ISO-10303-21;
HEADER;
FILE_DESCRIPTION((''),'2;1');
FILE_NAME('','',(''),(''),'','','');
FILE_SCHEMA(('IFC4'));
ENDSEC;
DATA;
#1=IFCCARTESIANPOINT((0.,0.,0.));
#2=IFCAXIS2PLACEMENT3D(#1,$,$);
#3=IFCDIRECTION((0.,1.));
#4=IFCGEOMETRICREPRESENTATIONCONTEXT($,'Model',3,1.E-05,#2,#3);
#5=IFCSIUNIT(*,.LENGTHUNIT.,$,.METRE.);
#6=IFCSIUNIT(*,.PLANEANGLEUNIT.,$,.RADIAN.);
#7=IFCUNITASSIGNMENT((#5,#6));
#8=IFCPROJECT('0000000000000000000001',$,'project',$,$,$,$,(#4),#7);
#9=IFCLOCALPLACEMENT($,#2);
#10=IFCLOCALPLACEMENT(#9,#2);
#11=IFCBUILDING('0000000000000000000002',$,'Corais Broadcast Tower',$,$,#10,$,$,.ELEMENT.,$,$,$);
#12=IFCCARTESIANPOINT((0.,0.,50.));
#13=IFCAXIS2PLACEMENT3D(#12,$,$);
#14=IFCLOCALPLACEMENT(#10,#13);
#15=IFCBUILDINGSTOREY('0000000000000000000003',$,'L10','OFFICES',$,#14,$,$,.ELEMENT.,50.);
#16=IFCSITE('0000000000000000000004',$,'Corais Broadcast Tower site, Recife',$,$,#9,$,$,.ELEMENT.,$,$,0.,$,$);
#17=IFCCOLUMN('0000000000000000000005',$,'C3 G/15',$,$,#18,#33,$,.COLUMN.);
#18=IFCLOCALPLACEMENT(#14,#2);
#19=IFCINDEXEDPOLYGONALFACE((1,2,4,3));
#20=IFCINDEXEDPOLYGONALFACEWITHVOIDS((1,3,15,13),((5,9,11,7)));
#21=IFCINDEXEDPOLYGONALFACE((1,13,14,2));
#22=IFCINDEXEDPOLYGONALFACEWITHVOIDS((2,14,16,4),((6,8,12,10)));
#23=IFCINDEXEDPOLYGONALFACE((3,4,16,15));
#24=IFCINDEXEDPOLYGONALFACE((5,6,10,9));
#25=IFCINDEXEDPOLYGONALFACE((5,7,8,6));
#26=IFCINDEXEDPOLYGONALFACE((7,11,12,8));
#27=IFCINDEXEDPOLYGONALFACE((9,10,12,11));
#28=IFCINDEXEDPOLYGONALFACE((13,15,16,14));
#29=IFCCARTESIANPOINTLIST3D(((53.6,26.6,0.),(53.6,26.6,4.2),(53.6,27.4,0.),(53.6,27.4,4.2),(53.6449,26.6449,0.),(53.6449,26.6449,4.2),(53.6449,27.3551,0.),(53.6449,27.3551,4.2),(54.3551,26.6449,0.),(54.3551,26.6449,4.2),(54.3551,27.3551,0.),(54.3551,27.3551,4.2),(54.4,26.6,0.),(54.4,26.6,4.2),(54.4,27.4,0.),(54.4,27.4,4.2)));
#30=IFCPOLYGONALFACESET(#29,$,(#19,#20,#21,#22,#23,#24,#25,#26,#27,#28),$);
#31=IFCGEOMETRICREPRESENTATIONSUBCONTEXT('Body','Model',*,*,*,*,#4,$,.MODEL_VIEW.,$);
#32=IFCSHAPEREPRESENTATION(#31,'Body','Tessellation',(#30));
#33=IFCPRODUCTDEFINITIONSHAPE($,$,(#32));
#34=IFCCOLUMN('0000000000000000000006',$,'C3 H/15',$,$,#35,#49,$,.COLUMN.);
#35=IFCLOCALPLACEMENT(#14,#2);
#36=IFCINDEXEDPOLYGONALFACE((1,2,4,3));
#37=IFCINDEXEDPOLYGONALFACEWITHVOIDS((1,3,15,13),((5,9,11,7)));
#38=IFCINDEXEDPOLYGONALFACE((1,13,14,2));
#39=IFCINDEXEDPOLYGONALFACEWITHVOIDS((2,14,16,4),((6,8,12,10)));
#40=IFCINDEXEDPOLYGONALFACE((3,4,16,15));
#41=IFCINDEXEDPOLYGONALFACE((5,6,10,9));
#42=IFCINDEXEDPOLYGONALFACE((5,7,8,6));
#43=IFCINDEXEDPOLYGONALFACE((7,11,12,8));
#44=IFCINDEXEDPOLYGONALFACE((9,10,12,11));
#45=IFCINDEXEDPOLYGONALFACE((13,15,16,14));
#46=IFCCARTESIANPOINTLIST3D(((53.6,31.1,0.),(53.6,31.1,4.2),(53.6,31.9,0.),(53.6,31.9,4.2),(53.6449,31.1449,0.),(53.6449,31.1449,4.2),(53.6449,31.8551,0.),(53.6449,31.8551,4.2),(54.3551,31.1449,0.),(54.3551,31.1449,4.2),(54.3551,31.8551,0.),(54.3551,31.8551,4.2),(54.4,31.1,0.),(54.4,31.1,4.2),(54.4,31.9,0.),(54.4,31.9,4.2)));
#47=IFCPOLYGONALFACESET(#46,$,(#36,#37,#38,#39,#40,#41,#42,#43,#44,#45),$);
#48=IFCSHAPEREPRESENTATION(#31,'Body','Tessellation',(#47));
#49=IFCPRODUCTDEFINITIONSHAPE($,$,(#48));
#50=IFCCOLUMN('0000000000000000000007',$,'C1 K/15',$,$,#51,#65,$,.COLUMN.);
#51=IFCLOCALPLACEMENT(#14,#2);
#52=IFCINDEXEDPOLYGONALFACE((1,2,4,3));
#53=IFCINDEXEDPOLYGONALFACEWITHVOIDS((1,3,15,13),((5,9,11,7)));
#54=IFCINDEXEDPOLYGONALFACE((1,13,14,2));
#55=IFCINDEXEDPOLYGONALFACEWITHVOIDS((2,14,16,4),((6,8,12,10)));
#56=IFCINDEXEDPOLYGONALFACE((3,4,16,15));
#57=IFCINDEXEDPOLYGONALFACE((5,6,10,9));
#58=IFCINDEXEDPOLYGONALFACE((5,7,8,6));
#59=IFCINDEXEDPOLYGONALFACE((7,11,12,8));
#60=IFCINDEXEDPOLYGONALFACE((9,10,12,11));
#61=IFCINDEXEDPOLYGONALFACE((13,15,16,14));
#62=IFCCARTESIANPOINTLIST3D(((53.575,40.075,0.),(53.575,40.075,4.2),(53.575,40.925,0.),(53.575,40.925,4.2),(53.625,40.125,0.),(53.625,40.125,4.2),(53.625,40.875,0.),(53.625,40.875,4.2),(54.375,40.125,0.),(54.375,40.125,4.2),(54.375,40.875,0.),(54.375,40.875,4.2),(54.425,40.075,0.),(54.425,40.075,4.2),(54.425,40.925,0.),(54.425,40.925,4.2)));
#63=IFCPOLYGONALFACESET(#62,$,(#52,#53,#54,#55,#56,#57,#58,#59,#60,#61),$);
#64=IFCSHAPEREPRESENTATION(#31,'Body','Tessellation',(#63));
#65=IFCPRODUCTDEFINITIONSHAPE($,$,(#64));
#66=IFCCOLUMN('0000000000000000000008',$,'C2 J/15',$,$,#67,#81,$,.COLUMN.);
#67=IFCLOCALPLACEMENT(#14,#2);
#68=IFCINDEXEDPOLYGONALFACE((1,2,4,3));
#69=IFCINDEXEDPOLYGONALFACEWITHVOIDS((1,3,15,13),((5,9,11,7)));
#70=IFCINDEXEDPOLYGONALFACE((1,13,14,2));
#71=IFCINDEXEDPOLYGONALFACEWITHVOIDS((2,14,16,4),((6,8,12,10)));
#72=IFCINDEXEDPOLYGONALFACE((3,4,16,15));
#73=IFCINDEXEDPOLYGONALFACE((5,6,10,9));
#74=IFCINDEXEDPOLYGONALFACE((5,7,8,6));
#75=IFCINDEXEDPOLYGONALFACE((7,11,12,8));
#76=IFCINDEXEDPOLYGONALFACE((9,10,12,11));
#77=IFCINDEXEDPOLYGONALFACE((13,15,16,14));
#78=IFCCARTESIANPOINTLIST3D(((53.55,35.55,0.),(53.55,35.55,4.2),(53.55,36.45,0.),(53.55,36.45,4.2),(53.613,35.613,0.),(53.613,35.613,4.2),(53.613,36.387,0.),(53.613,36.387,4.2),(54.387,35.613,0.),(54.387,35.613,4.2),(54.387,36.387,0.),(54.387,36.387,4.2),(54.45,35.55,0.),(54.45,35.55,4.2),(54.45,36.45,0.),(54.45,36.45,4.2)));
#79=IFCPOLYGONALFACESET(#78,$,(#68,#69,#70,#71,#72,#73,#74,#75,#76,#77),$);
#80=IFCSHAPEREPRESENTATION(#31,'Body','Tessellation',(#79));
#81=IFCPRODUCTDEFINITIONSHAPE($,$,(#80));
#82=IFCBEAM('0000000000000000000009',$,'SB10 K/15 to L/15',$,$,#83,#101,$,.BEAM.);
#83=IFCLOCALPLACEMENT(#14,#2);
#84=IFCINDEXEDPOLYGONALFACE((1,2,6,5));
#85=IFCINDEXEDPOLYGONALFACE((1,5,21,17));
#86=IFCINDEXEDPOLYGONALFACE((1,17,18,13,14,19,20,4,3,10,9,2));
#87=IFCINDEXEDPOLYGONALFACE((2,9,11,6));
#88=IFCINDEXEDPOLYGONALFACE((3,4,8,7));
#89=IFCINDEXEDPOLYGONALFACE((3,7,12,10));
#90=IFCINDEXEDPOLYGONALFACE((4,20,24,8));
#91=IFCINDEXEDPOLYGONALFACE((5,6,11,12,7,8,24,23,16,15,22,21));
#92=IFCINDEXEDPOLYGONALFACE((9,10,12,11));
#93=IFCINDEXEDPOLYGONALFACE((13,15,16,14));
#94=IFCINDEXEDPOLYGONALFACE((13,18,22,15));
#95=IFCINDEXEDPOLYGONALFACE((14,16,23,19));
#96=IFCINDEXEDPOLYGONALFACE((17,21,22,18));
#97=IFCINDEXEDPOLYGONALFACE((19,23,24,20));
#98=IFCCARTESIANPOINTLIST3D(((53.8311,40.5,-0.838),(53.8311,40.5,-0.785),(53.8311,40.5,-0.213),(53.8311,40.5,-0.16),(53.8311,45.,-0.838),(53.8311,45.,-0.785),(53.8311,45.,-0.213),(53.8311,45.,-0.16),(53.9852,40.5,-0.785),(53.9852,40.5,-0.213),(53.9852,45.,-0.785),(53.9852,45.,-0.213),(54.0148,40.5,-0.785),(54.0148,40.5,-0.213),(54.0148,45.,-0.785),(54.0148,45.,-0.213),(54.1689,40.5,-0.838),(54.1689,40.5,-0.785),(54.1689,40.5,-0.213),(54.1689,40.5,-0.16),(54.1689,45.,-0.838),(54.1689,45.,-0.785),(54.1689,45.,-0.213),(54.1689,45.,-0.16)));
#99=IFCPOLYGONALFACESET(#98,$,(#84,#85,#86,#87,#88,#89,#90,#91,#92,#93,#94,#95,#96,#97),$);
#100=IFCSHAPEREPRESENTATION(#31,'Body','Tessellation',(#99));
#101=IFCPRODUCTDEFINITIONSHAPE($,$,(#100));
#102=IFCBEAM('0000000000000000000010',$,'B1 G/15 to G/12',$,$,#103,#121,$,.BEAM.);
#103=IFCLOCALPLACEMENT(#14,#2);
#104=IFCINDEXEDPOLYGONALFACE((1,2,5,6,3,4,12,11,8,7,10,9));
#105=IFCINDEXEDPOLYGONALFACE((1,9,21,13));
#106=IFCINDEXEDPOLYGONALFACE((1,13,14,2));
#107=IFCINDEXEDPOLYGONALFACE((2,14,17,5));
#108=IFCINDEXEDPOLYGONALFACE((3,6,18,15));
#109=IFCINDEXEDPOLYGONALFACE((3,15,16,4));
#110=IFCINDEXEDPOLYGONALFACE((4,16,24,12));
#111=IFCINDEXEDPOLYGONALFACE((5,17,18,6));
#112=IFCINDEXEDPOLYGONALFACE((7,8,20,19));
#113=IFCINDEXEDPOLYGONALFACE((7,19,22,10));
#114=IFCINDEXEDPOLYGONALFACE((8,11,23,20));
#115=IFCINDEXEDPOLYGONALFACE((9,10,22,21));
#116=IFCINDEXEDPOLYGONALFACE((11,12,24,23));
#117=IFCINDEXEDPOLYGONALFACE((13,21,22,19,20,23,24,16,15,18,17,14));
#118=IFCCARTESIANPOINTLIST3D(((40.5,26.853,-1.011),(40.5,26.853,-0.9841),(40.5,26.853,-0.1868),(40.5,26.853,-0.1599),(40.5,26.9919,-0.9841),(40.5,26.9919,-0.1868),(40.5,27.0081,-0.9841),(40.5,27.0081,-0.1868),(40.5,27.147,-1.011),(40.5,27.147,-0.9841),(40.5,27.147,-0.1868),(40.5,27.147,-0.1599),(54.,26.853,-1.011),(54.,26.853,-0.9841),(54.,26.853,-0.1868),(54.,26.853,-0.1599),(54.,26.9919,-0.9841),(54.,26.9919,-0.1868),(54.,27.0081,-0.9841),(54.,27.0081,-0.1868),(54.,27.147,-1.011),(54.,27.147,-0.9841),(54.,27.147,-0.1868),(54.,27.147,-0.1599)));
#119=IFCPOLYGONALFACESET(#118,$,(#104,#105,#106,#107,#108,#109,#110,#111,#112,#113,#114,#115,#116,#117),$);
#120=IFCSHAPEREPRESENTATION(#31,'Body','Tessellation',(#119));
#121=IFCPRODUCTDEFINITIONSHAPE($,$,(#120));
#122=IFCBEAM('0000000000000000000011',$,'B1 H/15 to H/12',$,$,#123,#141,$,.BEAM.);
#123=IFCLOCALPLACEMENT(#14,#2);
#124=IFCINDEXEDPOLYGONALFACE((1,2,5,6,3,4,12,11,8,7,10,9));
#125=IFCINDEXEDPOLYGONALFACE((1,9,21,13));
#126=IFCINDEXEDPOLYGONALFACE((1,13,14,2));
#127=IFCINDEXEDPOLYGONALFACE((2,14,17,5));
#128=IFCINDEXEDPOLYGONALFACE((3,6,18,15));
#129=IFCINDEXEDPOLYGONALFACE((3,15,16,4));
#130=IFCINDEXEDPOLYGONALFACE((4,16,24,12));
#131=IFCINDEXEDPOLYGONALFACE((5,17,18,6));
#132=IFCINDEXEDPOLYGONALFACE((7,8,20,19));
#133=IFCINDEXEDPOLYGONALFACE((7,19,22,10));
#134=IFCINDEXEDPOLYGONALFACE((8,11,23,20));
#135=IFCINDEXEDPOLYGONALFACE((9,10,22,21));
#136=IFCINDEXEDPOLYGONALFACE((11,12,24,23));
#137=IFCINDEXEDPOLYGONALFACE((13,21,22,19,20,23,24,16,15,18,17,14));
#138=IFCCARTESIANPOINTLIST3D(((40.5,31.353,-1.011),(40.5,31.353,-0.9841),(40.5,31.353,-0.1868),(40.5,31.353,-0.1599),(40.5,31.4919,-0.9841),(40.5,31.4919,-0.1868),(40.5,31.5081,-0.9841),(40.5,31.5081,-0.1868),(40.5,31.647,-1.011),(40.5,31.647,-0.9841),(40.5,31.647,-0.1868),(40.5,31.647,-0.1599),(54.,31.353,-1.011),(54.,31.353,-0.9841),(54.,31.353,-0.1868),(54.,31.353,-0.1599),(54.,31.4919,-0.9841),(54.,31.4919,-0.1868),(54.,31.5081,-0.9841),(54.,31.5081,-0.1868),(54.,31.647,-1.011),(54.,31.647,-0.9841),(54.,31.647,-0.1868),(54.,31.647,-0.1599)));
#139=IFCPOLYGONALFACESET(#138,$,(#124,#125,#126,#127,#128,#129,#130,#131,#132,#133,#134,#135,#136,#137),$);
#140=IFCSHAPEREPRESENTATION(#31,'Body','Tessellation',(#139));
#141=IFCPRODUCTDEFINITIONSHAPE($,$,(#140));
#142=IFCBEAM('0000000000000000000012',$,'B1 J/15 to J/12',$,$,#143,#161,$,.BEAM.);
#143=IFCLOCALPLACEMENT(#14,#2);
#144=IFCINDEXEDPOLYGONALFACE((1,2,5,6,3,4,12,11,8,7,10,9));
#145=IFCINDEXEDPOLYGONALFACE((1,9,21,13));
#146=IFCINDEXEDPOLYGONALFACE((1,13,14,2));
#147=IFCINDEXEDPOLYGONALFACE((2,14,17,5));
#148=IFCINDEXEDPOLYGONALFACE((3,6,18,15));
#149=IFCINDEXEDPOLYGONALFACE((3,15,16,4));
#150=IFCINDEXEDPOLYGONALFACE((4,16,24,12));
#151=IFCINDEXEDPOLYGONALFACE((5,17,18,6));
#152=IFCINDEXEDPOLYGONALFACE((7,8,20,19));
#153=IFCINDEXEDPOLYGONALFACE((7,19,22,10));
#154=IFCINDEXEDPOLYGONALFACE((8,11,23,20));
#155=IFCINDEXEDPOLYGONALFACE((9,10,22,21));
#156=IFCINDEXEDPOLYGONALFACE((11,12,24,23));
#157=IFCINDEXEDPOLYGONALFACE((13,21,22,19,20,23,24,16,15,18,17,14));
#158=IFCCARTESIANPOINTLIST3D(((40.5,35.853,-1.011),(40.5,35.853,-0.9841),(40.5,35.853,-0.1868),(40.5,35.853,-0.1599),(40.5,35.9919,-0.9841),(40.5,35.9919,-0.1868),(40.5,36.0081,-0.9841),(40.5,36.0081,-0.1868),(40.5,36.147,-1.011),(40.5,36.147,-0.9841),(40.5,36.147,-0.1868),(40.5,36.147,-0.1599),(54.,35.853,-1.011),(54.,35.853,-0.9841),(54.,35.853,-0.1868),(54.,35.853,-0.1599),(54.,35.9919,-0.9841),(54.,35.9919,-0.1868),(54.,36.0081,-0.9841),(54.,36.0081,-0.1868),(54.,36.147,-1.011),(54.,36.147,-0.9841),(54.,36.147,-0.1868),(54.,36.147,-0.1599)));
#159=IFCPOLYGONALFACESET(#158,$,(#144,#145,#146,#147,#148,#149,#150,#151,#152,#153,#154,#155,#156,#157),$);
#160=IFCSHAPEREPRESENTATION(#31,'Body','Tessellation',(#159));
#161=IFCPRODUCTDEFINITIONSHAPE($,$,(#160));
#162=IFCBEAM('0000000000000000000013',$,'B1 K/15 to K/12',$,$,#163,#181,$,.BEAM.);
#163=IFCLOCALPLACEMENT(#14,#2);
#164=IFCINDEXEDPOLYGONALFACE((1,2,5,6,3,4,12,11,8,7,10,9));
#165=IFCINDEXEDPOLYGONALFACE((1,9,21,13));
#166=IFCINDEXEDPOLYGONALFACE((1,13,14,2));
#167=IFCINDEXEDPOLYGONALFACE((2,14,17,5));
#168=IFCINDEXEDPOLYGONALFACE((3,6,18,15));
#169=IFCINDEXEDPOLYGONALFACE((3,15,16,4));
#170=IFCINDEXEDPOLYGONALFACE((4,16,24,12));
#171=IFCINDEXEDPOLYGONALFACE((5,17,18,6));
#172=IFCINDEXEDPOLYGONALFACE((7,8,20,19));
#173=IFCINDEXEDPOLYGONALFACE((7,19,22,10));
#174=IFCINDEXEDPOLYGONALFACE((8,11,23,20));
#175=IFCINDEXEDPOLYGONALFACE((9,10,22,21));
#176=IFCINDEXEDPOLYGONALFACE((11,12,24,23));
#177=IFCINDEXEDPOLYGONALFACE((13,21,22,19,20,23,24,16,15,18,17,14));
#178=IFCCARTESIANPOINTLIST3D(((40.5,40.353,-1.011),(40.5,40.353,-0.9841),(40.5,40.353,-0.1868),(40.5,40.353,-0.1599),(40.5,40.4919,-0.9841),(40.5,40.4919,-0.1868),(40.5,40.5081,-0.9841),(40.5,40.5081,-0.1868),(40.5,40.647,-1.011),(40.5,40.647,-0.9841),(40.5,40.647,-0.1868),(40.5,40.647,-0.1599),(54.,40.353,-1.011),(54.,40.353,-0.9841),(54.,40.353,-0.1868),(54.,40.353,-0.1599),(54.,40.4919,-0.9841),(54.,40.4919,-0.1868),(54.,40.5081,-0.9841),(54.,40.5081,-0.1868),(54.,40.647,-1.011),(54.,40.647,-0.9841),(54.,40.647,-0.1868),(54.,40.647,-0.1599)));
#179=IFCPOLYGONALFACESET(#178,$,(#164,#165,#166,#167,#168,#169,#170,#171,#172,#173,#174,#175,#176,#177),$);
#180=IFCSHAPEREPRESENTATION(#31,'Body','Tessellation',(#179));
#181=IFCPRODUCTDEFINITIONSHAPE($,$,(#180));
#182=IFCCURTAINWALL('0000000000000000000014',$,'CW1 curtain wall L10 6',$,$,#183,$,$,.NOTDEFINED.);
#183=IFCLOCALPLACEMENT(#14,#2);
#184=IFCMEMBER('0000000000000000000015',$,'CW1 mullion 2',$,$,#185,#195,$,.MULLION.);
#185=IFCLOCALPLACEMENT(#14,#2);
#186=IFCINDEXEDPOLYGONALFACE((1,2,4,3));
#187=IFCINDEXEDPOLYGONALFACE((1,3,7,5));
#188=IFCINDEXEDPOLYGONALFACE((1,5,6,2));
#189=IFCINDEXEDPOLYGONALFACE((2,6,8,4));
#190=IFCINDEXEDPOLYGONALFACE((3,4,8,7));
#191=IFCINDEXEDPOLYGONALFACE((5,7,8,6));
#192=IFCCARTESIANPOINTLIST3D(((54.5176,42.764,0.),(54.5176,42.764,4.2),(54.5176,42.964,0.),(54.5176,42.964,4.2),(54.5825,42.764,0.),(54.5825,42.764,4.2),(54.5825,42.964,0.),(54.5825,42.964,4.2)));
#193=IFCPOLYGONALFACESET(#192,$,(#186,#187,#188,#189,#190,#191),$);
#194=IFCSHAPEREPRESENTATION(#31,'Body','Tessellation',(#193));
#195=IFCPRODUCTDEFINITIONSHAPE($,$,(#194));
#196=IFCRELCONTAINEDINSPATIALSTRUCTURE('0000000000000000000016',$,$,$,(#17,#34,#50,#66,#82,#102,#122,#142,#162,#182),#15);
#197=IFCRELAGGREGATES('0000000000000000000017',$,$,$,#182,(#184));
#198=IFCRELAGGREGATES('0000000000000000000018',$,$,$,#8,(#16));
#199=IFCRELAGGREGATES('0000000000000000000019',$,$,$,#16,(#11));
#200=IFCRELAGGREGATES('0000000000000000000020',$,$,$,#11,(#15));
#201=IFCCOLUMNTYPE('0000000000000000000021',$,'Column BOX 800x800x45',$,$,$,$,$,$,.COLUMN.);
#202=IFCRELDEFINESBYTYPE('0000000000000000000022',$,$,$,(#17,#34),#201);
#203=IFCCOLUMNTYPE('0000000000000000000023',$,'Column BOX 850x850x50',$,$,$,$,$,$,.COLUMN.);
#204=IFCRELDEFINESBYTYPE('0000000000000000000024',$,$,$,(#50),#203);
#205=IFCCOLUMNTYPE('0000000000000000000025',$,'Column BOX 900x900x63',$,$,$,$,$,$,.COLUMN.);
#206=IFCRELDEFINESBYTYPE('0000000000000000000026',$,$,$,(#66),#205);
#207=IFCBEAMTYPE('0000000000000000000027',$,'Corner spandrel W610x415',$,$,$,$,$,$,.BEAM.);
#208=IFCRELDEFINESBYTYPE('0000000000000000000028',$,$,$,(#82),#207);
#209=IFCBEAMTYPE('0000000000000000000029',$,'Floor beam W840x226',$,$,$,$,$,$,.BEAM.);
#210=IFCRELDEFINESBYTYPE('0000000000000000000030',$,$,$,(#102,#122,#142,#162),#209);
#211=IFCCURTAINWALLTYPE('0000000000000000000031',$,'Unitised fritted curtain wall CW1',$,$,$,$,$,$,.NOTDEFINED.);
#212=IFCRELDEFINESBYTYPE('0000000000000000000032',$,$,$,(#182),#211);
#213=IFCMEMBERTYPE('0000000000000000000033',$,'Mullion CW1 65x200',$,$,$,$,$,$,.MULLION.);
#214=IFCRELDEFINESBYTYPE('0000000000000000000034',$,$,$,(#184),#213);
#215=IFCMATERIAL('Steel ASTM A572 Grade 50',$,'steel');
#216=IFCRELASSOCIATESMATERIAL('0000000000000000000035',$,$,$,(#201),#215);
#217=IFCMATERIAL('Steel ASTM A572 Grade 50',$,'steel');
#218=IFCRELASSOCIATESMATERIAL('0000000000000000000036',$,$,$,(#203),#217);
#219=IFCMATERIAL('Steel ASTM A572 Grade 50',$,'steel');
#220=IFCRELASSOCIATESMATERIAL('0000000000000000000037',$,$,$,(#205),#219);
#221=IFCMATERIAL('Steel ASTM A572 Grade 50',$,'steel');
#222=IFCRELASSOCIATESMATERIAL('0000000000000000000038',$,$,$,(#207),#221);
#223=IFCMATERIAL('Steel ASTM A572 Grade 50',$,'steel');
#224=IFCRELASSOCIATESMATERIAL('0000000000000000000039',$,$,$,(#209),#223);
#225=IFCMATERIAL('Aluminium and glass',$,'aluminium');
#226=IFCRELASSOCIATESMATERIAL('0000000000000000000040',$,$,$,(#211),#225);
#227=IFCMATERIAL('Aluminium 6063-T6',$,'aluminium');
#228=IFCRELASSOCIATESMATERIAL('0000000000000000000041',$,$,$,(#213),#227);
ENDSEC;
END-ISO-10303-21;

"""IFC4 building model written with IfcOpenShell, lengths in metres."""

from ifc_helpers import new_model, si_unit, direction, frame, origin, origin_2d, place, context, subcontext, project, spatial, rectangle, hollow_rectangle, i_section, extrude, material, material_profile, profile_set, type_object, element, aggregate, save


model = new_model("IFC4")

# Units and contexts
model_context = context("Model", 3, precision=1e-05, world=origin(), true_north=direction((0.0, 1.0)))
body_context = subcontext(model_context, "Body", "Model", "MODEL_VIEW")
ifc_project = project(units=[si_unit("LENGTHUNIT", "METRE"), si_unit("PLANEANGLEUNIT", "RADIAN")], contexts=[model_context])

# Site, building, storey
site_placement = place(None, origin())
site = spatial("IfcSite", under=ifc_project, at=site_placement, Name="Corais Broadcast Tower site, Recife", CompositionType="ELEMENT", RefElevation=0.0)
building_placement = place(site_placement, origin())
building = spatial("IfcBuilding", under=site, at=building_placement, Name="Corais Broadcast Tower", CompositionType="ELEMENT")
storey_placement = place(building_placement, frame((0.0, 0.0, 50.0)))
storey = spatial("IfcBuildingStorey", under=building, at=storey_placement, Name="L10", Description="OFFICES", CompositionType="ELEMENT", Elevation=50.0)

# Columns
ifc_material_1 = material(Name="Steel ASTM A572 Grade 50", Category="steel")
ifc_material_profile_1 = material_profile(ifc_material_1, hollow_rectangle(XDim=0.8, YDim=0.8, WallThickness=0.0449, at=origin_2d()), Name="BOX 800x800x45")
ifc_profile_set_1 = profile_set([ifc_material_profile_1], Name="Steel ASTM A572 Grade 50")
column_type_1 = type_object("IfcColumnType", Name="Column BOX 800x800x45", PredefinedType="COLUMN", material=ifc_profile_set_1)
for number, where, z_axis, x_axis, name in (
    (1, (54.0, 27.0, 0.0), (0.0, 0.0, 1.0), (1.0, 0.0, 0.0), "C3 G/15"),
    (2, (54.0, 31.5, 0.0), (0.0, 0.0, 1.0), (1.0, 0.0, 0.0), "C3 H/15"),
):
    element("IfcColumn", number, at=place(storey_placement, frame(where, z_axis=z_axis, x_axis=x_axis)), inside=storey, type_object=column_type_1, Name=name, PredefinedType="COLUMN", context=body_context, shape_type="SweptSolid", body=[
        extrude(hollow_rectangle(XDim=0.8, YDim=0.8, WallThickness=0.0449, at=origin_2d()), origin(), (0.0, 0.0, 1.0), 4.2),
    ])
ifc_material_2 = material(Name="Steel ASTM A572 Grade 50", Category="steel")
ifc_material_profile_2 = material_profile(ifc_material_2, hollow_rectangle(XDim=0.8501, YDim=0.8501, WallThickness=0.05, at=origin_2d()), Name="BOX 850x850x50")
ifc_profile_set_2 = profile_set([ifc_material_profile_2], Name="Steel ASTM A572 Grade 50")
column_type_2 = type_object("IfcColumnType", Name="Column BOX 850x850x50", PredefinedType="COLUMN", material=ifc_profile_set_2)
column_1_placement = place(storey_placement, frame((54.0, 40.5, 0.0), z_axis=(0.0, 0.0, 1.0), x_axis=(1.0, 0.0, 0.0)))
element("IfcColumn", 3, at=column_1_placement, inside=storey, type_object=column_type_2, Name="C1 K/15", PredefinedType="COLUMN", context=body_context, shape_type="SweptSolid", body=[
    extrude(hollow_rectangle(XDim=0.8501, YDim=0.8501, WallThickness=0.05, at=origin_2d()), origin(), (0.0, 0.0, 1.0), 4.2),
])
ifc_material_3 = material(Name="Steel ASTM A572 Grade 50", Category="steel")
ifc_material_profile_3 = material_profile(ifc_material_3, hollow_rectangle(XDim=0.8999, YDim=0.8999, WallThickness=0.063, at=origin_2d()), Name="BOX 900x900x63")
ifc_profile_set_3 = profile_set([ifc_material_profile_3], Name="Steel ASTM A572 Grade 50")
column_type_3 = type_object("IfcColumnType", Name="Column BOX 900x900x63", PredefinedType="COLUMN", material=ifc_profile_set_3)
column_2_placement = place(storey_placement, frame((54.0, 36.0, 0.0), z_axis=(0.0, 0.0, 1.0), x_axis=(1.0, 0.0, 0.0)))
element("IfcColumn", 4, at=column_2_placement, inside=storey, type_object=column_type_3, Name="C2 J/15", PredefinedType="COLUMN", context=body_context, shape_type="SweptSolid", body=[
    extrude(hollow_rectangle(XDim=0.8999, YDim=0.8999, WallThickness=0.063, at=origin_2d()), origin(), (0.0, 0.0, 1.0), 4.2),
])

# Beams
ifc_material_4 = material(Name="Steel ASTM A572 Grade 50", Category="steel")
ifc_material_profile_4 = material_profile(ifc_material_4, i_section(OverallWidth=0.3379, OverallDepth=0.678, WebThickness=0.0295, FlangeThickness=0.053, at=origin_2d()), Name="W610x415")
ifc_profile_set_4 = profile_set([ifc_material_profile_4], Name="Steel ASTM A572 Grade 50")
beam_type_1 = type_object("IfcBeamType", Name="Corner spandrel W610x415", PredefinedType="BEAM", material=ifc_profile_set_4)
beam_1_placement = place(storey_placement, frame((54.0, 40.5, -0.499), z_axis=(0.0, 1.0, 0.0), x_axis=(-1.0, 0.0, 0.0)))
element("IfcBeam", 5, at=beam_1_placement, inside=storey, type_object=beam_type_1, Name="SB10 K/15 to L/15", PredefinedType="BEAM", context=body_context, shape_type="SweptSolid", body=[
    extrude(i_section(OverallWidth=0.3379, OverallDepth=0.678, WebThickness=0.0295, FlangeThickness=0.053, at=origin_2d()), origin(), (0.0, 0.0, 1.0), 4.5),
])
ifc_material_5 = material(Name="Steel ASTM A572 Grade 50", Category="steel")
ifc_material_profile_5 = material_profile(ifc_material_5, i_section(OverallWidth=0.2939, OverallDepth=0.8511, WebThickness=0.0161, FlangeThickness=0.0269, at=origin_2d()), Name="W840x226")
ifc_profile_set_5 = profile_set([ifc_material_profile_5], Name="Steel ASTM A572 Grade 50")
beam_type_2 = type_object("IfcBeamType", Name="Floor beam W840x226", PredefinedType="BEAM", material=ifc_profile_set_5)
for number, where, z_axis, x_axis, name in (
    (6, (54.0, 27.0, -0.5854), (-1.0, 0.0, 0.0), (0.0, -1.0, 0.0), "B1 G/15 to G/12"),
    (7, (54.0, 31.5, -0.5854), (-1.0, 0.0, 0.0), (0.0, -1.0, 0.0), "B1 H/15 to H/12"),
    (8, (54.0, 36.0, -0.5854), (-1.0, 0.0, 0.0), (0.0, -1.0, 0.0), "B1 J/15 to J/12"),
    (9, (54.0, 40.5, -0.5854), (-1.0, 0.0, 0.0), (0.0, -1.0, 0.0), "B1 K/15 to K/12"),
):
    element("IfcBeam", number, at=place(storey_placement, frame(where, z_axis=z_axis, x_axis=x_axis)), inside=storey, type_object=beam_type_2, Name=name, PredefinedType="BEAM", context=body_context, shape_type="SweptSolid", body=[
        extrude(i_section(OverallWidth=0.2939, OverallDepth=0.8511, WebThickness=0.0161, FlangeThickness=0.0269, at=origin_2d()), origin(), (0.0, 0.0, 1.0), 13.5),
    ])

# Curtain wall, member
ifc_material_6 = material(Name="Aluminium and glass", Category="aluminium")
curtain_wall_type = type_object("IfcCurtainWallType", Name="Unitised fritted curtain wall CW1", PredefinedType="NOTDEFINED", material=ifc_material_6)
curtain_wall_placement = place(storey_placement, origin())
curtain_wall = element("IfcCurtainWall", 10, at=curtain_wall_placement, inside=storey, type_object=curtain_wall_type, Name="CW1 curtain wall L10 6", PredefinedType="NOTDEFINED")
ifc_material_7 = material(Name="Aluminium 6063-T6", Category="aluminium")
ifc_material_profile_6 = material_profile(ifc_material_7, rectangle(XDim=0.0649, YDim=0.2, at=origin_2d()), Name="Mullion CW1 65x200")
ifc_profile_set_6 = profile_set([ifc_material_profile_6], Name="Aluminium 6063-T6")
member_type_1 = type_object("IfcMemberType", Name="Mullion CW1 65x200", PredefinedType="MULLION", material=ifc_profile_set_6)
member_1_placement = place(storey_placement, frame((54.55, 42.864, 0.0), z_axis=(0.0, 0.0, 1.0), x_axis=(1.0, 0.0, 0.0)))
member_1 = element("IfcMember", 11, at=member_1_placement, type_object=member_type_1, Name="CW1 mullion 2", PredefinedType="MULLION", context=body_context, shape_type="SweptSolid", body=[
    extrude(rectangle(XDim=0.0649, YDim=0.2, at=origin_2d()), origin(), (0.0, 0.0, 1.0), 4.2),
])

aggregate(curtain_wall, [member_1])

save(model, "model.ifc")
